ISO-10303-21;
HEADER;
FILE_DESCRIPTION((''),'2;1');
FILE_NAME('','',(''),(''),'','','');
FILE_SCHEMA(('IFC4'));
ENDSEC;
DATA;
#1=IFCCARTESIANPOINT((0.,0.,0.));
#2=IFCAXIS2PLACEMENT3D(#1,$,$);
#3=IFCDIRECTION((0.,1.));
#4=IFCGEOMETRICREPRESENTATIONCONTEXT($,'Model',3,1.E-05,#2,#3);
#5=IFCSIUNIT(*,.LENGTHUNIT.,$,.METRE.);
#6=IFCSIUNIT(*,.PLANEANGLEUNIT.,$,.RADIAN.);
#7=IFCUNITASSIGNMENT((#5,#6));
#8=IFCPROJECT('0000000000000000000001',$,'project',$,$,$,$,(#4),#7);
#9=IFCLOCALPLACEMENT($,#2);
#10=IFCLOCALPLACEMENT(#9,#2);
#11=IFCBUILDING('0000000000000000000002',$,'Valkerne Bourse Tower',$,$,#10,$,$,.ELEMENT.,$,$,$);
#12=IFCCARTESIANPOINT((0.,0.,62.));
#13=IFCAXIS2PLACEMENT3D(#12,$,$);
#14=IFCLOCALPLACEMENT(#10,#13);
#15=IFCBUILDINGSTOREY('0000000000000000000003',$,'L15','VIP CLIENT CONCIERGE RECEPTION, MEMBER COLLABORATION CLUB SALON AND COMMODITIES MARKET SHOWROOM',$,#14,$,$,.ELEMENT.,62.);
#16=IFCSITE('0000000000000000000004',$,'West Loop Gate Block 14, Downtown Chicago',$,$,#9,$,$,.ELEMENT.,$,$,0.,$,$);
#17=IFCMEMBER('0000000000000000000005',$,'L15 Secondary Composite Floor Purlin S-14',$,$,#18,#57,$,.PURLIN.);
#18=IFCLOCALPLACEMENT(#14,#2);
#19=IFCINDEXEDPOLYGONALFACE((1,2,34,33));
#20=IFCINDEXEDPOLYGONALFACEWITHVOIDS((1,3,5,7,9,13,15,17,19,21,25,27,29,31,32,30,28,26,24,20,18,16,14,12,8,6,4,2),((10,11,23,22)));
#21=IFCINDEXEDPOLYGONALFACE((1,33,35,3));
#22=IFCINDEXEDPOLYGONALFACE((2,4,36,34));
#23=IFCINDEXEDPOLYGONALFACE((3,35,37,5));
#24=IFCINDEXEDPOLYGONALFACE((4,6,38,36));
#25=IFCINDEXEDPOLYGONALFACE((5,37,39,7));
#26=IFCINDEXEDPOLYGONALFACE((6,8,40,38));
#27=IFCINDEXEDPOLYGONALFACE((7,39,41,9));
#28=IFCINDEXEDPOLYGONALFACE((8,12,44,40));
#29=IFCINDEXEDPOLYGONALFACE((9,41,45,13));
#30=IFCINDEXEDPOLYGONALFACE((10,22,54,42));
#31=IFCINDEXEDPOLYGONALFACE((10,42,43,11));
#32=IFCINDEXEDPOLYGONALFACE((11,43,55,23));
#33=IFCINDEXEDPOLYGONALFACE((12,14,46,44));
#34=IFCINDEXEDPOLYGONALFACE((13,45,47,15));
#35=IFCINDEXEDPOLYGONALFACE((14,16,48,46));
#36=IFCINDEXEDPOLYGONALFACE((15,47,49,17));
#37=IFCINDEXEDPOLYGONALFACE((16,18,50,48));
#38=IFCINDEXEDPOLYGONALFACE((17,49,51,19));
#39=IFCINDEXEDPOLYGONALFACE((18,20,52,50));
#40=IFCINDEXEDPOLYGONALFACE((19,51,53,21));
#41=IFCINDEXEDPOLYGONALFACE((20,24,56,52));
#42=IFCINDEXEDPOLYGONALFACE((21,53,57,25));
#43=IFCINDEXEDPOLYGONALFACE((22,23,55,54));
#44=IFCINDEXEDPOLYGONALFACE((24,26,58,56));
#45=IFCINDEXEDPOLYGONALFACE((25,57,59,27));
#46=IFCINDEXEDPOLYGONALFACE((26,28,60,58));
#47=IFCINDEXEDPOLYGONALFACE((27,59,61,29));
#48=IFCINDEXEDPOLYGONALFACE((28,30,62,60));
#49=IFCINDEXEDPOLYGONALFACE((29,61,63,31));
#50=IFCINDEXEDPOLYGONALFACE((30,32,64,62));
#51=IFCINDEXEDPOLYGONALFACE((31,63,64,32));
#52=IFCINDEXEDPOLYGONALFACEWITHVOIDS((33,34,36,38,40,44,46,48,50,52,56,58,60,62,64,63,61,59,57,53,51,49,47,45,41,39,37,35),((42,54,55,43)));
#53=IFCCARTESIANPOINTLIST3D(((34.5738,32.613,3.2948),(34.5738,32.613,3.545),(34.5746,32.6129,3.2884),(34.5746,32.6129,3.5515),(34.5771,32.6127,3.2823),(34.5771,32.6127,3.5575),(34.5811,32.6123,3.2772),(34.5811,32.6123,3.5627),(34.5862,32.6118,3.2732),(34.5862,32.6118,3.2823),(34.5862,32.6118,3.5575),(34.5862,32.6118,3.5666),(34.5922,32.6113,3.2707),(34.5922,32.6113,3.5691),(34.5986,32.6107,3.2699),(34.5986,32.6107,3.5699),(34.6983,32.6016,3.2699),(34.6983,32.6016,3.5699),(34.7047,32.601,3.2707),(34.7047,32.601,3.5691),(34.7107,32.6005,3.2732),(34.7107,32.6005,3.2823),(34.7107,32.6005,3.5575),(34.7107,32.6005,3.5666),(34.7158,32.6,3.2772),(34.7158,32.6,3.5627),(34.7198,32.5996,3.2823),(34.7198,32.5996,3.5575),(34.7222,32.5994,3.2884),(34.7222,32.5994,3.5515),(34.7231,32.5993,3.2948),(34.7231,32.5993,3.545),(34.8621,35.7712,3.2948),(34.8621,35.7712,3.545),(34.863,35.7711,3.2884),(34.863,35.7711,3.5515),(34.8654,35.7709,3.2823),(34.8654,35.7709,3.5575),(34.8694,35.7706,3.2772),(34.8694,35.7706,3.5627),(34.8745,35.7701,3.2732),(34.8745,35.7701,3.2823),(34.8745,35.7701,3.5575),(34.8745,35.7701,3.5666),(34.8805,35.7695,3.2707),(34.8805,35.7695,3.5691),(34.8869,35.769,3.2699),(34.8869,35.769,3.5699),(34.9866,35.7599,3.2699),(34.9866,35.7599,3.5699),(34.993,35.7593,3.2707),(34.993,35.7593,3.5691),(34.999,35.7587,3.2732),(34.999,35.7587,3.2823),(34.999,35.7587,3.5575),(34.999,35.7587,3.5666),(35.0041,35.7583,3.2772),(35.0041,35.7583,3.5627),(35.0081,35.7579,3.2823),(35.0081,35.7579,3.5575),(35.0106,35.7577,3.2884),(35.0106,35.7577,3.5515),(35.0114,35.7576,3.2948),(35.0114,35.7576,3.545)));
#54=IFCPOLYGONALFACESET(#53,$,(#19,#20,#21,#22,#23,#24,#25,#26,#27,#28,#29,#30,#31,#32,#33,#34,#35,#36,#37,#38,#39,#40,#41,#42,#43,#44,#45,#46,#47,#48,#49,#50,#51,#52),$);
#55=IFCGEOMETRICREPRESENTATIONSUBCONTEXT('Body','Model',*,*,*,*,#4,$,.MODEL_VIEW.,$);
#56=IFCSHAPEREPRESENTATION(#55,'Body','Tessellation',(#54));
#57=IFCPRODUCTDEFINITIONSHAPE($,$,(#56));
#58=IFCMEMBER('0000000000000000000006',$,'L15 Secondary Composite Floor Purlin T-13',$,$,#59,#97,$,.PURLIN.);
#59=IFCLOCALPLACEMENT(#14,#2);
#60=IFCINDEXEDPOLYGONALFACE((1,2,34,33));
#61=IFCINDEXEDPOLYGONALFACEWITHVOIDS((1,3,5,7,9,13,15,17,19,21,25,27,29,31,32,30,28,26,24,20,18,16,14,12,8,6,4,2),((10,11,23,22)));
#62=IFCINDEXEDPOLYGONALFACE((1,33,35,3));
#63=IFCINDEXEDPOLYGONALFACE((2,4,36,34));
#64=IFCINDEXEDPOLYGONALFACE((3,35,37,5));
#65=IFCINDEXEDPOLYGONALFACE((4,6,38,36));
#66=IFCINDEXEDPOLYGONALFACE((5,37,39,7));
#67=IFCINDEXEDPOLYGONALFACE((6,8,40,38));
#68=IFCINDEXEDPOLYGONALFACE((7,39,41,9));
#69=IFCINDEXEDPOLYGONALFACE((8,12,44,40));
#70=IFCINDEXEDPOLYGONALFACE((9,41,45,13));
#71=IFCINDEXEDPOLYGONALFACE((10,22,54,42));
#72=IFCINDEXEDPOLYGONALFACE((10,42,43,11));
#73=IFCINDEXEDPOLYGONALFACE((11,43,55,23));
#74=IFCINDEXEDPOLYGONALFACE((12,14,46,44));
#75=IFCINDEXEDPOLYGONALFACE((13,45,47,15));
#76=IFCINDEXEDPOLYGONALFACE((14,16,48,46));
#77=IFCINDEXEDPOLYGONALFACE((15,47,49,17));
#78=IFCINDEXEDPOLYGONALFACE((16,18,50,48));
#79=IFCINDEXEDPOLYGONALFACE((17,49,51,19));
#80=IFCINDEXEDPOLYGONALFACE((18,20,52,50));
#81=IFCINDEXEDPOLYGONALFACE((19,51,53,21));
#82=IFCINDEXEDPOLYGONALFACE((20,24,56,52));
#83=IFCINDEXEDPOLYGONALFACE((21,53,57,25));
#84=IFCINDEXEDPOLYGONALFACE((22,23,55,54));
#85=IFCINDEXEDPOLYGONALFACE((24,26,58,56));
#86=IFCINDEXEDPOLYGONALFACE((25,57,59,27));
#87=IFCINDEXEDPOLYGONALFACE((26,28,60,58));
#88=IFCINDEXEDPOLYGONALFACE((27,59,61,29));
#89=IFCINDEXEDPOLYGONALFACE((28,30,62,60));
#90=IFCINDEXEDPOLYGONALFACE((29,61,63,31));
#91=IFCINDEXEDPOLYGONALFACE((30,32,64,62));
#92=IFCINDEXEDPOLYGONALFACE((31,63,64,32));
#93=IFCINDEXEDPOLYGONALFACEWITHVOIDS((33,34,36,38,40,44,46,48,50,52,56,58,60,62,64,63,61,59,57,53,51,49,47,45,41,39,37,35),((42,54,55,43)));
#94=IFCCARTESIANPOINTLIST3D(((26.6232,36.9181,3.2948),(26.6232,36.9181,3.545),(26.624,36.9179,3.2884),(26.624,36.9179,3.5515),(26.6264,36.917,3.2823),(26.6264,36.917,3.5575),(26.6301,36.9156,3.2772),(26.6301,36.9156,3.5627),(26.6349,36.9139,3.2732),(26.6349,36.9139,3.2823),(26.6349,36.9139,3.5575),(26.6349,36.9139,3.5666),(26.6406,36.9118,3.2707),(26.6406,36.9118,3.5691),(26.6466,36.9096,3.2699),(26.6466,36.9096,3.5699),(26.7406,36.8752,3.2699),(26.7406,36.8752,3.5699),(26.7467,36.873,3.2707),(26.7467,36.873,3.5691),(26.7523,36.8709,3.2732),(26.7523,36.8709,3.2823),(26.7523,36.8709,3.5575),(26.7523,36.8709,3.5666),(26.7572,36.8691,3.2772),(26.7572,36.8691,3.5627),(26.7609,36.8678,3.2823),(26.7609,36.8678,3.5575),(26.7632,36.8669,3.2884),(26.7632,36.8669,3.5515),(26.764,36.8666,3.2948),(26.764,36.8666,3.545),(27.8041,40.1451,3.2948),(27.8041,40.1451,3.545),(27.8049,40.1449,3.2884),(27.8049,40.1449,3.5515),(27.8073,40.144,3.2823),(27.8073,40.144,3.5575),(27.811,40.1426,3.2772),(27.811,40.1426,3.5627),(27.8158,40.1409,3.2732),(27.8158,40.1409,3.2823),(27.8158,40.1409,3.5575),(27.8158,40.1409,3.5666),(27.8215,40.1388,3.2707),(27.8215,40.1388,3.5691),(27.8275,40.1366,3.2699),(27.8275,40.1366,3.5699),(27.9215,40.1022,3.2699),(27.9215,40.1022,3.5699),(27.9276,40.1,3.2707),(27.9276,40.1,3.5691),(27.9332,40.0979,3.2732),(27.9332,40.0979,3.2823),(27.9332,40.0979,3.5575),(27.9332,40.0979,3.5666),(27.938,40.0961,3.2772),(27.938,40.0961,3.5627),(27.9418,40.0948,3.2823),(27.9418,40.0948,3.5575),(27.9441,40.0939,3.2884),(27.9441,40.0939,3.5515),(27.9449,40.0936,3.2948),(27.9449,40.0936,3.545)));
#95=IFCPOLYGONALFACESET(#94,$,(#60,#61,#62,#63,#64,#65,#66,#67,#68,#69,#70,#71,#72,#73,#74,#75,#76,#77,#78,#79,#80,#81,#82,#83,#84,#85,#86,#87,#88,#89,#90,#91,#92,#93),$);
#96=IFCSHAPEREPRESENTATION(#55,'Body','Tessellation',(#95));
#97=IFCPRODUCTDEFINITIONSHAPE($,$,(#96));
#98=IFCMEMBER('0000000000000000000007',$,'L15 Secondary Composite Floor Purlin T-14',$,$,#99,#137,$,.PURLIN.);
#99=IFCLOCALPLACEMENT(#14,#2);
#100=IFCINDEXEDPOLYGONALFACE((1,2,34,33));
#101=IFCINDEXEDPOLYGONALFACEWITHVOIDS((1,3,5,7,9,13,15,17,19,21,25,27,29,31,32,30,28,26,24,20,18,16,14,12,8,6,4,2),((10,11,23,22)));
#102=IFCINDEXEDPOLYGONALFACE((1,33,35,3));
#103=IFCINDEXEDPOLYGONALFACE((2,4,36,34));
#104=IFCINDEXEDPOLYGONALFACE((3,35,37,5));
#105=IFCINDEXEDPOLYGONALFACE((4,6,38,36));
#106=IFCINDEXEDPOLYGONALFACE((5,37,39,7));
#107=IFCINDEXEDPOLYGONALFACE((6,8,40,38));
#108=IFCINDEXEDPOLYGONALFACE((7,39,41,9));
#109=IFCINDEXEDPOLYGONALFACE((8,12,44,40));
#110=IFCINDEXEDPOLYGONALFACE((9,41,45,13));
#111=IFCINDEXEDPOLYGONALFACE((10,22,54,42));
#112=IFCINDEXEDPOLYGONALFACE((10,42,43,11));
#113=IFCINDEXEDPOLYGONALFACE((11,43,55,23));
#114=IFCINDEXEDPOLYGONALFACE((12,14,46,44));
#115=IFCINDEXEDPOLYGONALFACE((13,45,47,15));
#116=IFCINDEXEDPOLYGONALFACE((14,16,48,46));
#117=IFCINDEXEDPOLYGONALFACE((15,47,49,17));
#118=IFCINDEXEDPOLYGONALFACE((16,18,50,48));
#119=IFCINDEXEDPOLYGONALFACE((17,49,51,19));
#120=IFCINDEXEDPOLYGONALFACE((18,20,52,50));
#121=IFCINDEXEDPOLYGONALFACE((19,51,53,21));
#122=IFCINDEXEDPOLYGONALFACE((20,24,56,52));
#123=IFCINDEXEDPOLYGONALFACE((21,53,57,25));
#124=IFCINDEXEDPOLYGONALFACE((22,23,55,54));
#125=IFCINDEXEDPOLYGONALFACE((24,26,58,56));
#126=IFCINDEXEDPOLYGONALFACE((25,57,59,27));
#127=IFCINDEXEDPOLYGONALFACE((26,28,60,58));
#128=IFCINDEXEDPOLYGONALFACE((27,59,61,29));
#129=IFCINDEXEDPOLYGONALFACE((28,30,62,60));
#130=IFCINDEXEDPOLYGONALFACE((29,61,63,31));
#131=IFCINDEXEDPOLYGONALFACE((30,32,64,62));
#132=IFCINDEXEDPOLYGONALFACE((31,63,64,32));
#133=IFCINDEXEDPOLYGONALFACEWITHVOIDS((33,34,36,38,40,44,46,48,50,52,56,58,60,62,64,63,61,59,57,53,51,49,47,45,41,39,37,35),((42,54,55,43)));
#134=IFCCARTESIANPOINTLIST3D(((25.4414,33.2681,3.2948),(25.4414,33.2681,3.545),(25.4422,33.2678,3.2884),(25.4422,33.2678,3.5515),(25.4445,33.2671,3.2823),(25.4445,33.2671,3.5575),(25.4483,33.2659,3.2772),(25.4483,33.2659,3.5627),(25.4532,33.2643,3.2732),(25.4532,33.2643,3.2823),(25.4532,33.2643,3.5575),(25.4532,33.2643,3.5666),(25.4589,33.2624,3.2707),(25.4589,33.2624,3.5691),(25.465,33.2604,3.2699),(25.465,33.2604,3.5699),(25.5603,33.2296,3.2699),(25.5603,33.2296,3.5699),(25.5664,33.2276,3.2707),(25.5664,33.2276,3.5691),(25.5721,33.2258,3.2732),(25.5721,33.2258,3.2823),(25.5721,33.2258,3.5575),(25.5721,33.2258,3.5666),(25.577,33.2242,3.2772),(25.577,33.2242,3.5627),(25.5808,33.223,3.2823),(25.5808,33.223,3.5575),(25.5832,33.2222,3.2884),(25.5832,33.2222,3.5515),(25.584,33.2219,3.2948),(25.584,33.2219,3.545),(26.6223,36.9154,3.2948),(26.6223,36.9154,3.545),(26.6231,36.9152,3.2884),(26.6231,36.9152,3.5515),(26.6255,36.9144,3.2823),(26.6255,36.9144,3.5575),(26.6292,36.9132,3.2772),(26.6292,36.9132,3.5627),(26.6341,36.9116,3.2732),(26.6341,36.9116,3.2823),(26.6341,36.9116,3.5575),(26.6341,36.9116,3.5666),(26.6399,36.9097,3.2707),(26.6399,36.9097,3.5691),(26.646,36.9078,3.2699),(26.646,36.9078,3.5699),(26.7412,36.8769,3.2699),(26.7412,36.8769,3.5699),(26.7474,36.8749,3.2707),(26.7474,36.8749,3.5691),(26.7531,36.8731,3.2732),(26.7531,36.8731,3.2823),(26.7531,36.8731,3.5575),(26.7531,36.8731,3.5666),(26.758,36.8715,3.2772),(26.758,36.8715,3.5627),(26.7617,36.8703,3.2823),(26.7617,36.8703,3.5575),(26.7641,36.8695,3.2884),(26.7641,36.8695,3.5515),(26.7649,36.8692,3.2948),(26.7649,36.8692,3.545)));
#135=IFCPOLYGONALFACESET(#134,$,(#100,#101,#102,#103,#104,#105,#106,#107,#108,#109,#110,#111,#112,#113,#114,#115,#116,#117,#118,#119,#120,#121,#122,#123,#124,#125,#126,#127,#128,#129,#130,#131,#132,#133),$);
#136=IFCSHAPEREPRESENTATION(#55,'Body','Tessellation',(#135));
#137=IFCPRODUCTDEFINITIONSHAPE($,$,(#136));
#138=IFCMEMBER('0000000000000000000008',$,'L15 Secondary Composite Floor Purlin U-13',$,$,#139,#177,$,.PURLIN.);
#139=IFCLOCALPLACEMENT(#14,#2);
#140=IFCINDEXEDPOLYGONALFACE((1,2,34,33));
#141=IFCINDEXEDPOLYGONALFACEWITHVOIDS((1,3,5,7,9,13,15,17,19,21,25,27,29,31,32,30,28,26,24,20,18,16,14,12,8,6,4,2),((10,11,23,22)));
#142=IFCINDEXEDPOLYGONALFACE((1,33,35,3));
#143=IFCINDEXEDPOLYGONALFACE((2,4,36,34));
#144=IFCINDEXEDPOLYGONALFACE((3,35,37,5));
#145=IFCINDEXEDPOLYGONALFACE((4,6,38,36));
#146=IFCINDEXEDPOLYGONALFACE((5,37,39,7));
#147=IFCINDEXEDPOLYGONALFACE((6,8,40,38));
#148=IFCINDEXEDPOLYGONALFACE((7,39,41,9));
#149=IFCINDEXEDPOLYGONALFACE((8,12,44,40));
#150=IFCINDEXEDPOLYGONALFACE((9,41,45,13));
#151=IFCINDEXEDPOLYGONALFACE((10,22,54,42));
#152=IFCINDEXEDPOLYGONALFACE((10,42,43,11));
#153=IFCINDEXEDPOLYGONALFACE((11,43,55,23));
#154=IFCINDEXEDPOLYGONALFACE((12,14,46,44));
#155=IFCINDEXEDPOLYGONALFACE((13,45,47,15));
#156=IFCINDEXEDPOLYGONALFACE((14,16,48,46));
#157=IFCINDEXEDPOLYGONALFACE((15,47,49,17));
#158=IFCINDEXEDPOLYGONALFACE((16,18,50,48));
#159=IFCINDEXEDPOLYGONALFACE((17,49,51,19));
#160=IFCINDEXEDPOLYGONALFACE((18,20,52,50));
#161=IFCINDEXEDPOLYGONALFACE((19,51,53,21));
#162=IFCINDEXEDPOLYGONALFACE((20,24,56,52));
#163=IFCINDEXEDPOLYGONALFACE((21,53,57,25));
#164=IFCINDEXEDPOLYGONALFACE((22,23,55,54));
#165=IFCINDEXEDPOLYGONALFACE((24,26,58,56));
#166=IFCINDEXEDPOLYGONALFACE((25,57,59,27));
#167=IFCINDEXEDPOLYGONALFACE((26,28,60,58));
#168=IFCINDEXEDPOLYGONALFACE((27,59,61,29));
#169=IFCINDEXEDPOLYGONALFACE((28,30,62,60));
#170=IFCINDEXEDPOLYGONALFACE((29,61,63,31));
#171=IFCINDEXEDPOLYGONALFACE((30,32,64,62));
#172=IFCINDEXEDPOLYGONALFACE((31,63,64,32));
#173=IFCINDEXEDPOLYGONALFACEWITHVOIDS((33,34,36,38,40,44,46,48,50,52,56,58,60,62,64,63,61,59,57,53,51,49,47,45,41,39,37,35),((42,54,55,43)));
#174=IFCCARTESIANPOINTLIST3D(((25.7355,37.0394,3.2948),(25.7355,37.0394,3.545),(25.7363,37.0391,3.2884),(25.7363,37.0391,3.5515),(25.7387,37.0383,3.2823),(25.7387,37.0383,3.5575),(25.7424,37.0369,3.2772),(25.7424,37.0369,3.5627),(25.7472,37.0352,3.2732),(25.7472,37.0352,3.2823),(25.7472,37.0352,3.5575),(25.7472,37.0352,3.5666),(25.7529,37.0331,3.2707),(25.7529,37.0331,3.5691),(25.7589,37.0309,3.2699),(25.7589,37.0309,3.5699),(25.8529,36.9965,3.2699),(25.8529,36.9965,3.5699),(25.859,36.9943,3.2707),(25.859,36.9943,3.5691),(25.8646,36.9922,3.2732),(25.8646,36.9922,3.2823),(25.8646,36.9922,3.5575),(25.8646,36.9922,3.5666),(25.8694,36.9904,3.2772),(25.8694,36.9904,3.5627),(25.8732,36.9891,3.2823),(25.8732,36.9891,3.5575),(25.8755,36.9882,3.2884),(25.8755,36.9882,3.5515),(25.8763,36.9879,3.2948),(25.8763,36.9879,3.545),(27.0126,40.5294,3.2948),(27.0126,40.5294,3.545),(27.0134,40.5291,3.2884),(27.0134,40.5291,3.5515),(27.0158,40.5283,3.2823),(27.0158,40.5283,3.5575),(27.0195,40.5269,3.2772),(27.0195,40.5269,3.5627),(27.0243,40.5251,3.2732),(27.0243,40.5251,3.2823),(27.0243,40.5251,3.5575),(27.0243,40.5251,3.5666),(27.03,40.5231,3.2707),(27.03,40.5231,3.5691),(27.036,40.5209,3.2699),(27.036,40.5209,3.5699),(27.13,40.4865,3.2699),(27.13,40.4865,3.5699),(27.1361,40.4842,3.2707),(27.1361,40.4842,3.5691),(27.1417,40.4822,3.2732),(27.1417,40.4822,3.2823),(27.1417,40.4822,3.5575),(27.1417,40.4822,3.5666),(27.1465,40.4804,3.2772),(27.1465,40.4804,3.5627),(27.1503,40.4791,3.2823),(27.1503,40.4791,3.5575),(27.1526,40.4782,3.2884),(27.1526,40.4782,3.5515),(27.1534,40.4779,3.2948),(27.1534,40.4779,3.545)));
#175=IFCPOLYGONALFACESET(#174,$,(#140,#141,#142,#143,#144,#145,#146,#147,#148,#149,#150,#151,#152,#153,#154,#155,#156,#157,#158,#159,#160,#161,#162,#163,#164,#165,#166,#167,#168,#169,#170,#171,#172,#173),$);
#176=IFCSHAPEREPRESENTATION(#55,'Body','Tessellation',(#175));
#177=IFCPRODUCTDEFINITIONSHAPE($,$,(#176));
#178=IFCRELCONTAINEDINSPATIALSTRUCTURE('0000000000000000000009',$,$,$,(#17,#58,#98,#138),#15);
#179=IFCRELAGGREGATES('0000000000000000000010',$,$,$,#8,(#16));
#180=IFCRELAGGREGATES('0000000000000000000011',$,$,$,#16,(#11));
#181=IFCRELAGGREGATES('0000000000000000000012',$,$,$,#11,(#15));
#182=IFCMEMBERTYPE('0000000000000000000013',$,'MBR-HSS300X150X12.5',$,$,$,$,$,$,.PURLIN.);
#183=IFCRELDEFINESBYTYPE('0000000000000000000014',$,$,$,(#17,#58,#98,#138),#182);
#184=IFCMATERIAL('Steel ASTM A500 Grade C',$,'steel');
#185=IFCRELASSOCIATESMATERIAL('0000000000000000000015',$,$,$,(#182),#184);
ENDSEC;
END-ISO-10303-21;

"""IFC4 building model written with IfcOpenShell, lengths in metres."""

from ifc_helpers import new_model, si_unit, direction, frame, origin, origin_2d, place, context, subcontext, project, spatial, hollow_rectangle, extrude, material, material_profile, profile_set, type_object, element, save


model = new_model("IFC4")

# Units and contexts
model_context = context("Model", 3, precision=1e-05, world=origin(), true_north=direction((0.0, 1.0)))
body_context = subcontext(model_context, "Body", "Model", "MODEL_VIEW")
ifc_project = project(units=[si_unit("LENGTHUNIT", "METRE"), si_unit("PLANEANGLEUNIT", "RADIAN")], contexts=[model_context])

# Site, building, storey
site_placement = place(None, origin())
site = spatial("IfcSite", under=ifc_project, at=site_placement, Name="West Loop Gate Block 14, Downtown Chicago", CompositionType="ELEMENT", RefElevation=0.0)
building_placement = place(site_placement, origin())
building = spatial("IfcBuilding", under=site, at=building_placement, Name="Valkerne Bourse Tower", CompositionType="ELEMENT")
storey_placement = place(building_placement, frame((0.0, 0.0, 62.0)))
storey = spatial("IfcBuildingStorey", under=building, at=storey_placement, Name="L15", Description="VIP CLIENT CONCIERGE RECEPTION, MEMBER COLLABORATION CLUB SALON AND COMMODITIES MARKET SHOWROOM", CompositionType="ELEMENT", Elevation=62.0)

# Members
ifc_material_1 = material(Name="Steel ASTM A500 Grade C", Category="steel")
ifc_material_profile_1 = material_profile(ifc_material_1, hollow_rectangle(XDim=0.1499, YDim=0.3, WallThickness=0.0125, OuterFilletRadius=0.0249, at=origin_2d()), Name="HSS300X150X12.5")
ifc_profile_set_1 = profile_set([ifc_material_profile_1], Name="Steel ASTM A500 Grade C")
member_type_1 = type_object("IfcMemberType", Name="MBR-HSS300X150X12.5", PredefinedType="PURLIN", material=ifc_profile_set_1)
member_1_placement = place(storey_placement, frame((34.9368, 35.7644, 3.4199), z_axis=(-0.090918, -0.995858, 0.0), x_axis=(0.995858, -0.090918, 0.0)))
element("IfcMember", 1, at=member_1_placement, inside=storey, type_object=member_type_1, Name="L15 Secondary Composite Floor Purlin S-14", PredefinedType="PURLIN", context=body_context, shape_type="SweptSolid", body=[
    extrude(hollow_rectangle(XDim=0.1499, YDim=0.3, WallThickness=0.0125, OuterFilletRadius=0.0249, at=origin_2d()), origin(), (0.0, 0.0, 1.0), 3.1714),
])
member_2_placement = place(storey_placement, frame((27.8745, 40.1194, 3.4199), z_axis=(-0.343653, -0.939097, 0.0), x_axis=(0.939097, -0.343653, 0.0)))
element("IfcMember", 2, at=member_2_placement, inside=storey, type_object=member_type_1, Name="L15 Secondary Composite Floor Purlin T-13", PredefinedType="PURLIN", context=body_context, shape_type="SweptSolid", body=[
    extrude(hollow_rectangle(XDim=0.1499, YDim=0.3, WallThickness=0.0125, OuterFilletRadius=0.0249, at=origin_2d()), origin(), (0.0, 0.0, 1.0), 3.4363),
])
member_3_placement = place(storey_placement, frame((26.6936, 36.8923, 3.4199), z_axis=(-0.308039, -0.951374, 0.0), x_axis=(0.951374, -0.308039, 0.0)))
element("IfcMember", 3, at=member_3_placement, inside=storey, type_object=member_type_1, Name="L15 Secondary Composite Floor Purlin T-14", PredefinedType="PURLIN", context=body_context, shape_type="SweptSolid", body=[
    extrude(hollow_rectangle(XDim=0.1499, YDim=0.3, WallThickness=0.0125, OuterFilletRadius=0.0249, at=origin_2d()), origin(), (0.0, 0.0, 1.0), 3.8337),
])
member_4_placement = place(storey_placement, frame((27.083, 40.5037, 3.4199), z_axis=(-0.343647, -0.939099, 0.0), x_axis=(0.939099, -0.343647, 0.0)))
element("IfcMember", 4, at=member_4_placement, inside=storey, type_object=member_type_1, Name="L15 Secondary Composite Floor Purlin U-13", PredefinedType="PURLIN", context=body_context, shape_type="SweptSolid", body=[
    extrude(hollow_rectangle(XDim=0.1499, YDim=0.3, WallThickness=0.0125, OuterFilletRadius=0.0249, at=origin_2d()), origin(), (0.0, 0.0, 1.0), 3.7163),
])

save(model, "model.ifc")
